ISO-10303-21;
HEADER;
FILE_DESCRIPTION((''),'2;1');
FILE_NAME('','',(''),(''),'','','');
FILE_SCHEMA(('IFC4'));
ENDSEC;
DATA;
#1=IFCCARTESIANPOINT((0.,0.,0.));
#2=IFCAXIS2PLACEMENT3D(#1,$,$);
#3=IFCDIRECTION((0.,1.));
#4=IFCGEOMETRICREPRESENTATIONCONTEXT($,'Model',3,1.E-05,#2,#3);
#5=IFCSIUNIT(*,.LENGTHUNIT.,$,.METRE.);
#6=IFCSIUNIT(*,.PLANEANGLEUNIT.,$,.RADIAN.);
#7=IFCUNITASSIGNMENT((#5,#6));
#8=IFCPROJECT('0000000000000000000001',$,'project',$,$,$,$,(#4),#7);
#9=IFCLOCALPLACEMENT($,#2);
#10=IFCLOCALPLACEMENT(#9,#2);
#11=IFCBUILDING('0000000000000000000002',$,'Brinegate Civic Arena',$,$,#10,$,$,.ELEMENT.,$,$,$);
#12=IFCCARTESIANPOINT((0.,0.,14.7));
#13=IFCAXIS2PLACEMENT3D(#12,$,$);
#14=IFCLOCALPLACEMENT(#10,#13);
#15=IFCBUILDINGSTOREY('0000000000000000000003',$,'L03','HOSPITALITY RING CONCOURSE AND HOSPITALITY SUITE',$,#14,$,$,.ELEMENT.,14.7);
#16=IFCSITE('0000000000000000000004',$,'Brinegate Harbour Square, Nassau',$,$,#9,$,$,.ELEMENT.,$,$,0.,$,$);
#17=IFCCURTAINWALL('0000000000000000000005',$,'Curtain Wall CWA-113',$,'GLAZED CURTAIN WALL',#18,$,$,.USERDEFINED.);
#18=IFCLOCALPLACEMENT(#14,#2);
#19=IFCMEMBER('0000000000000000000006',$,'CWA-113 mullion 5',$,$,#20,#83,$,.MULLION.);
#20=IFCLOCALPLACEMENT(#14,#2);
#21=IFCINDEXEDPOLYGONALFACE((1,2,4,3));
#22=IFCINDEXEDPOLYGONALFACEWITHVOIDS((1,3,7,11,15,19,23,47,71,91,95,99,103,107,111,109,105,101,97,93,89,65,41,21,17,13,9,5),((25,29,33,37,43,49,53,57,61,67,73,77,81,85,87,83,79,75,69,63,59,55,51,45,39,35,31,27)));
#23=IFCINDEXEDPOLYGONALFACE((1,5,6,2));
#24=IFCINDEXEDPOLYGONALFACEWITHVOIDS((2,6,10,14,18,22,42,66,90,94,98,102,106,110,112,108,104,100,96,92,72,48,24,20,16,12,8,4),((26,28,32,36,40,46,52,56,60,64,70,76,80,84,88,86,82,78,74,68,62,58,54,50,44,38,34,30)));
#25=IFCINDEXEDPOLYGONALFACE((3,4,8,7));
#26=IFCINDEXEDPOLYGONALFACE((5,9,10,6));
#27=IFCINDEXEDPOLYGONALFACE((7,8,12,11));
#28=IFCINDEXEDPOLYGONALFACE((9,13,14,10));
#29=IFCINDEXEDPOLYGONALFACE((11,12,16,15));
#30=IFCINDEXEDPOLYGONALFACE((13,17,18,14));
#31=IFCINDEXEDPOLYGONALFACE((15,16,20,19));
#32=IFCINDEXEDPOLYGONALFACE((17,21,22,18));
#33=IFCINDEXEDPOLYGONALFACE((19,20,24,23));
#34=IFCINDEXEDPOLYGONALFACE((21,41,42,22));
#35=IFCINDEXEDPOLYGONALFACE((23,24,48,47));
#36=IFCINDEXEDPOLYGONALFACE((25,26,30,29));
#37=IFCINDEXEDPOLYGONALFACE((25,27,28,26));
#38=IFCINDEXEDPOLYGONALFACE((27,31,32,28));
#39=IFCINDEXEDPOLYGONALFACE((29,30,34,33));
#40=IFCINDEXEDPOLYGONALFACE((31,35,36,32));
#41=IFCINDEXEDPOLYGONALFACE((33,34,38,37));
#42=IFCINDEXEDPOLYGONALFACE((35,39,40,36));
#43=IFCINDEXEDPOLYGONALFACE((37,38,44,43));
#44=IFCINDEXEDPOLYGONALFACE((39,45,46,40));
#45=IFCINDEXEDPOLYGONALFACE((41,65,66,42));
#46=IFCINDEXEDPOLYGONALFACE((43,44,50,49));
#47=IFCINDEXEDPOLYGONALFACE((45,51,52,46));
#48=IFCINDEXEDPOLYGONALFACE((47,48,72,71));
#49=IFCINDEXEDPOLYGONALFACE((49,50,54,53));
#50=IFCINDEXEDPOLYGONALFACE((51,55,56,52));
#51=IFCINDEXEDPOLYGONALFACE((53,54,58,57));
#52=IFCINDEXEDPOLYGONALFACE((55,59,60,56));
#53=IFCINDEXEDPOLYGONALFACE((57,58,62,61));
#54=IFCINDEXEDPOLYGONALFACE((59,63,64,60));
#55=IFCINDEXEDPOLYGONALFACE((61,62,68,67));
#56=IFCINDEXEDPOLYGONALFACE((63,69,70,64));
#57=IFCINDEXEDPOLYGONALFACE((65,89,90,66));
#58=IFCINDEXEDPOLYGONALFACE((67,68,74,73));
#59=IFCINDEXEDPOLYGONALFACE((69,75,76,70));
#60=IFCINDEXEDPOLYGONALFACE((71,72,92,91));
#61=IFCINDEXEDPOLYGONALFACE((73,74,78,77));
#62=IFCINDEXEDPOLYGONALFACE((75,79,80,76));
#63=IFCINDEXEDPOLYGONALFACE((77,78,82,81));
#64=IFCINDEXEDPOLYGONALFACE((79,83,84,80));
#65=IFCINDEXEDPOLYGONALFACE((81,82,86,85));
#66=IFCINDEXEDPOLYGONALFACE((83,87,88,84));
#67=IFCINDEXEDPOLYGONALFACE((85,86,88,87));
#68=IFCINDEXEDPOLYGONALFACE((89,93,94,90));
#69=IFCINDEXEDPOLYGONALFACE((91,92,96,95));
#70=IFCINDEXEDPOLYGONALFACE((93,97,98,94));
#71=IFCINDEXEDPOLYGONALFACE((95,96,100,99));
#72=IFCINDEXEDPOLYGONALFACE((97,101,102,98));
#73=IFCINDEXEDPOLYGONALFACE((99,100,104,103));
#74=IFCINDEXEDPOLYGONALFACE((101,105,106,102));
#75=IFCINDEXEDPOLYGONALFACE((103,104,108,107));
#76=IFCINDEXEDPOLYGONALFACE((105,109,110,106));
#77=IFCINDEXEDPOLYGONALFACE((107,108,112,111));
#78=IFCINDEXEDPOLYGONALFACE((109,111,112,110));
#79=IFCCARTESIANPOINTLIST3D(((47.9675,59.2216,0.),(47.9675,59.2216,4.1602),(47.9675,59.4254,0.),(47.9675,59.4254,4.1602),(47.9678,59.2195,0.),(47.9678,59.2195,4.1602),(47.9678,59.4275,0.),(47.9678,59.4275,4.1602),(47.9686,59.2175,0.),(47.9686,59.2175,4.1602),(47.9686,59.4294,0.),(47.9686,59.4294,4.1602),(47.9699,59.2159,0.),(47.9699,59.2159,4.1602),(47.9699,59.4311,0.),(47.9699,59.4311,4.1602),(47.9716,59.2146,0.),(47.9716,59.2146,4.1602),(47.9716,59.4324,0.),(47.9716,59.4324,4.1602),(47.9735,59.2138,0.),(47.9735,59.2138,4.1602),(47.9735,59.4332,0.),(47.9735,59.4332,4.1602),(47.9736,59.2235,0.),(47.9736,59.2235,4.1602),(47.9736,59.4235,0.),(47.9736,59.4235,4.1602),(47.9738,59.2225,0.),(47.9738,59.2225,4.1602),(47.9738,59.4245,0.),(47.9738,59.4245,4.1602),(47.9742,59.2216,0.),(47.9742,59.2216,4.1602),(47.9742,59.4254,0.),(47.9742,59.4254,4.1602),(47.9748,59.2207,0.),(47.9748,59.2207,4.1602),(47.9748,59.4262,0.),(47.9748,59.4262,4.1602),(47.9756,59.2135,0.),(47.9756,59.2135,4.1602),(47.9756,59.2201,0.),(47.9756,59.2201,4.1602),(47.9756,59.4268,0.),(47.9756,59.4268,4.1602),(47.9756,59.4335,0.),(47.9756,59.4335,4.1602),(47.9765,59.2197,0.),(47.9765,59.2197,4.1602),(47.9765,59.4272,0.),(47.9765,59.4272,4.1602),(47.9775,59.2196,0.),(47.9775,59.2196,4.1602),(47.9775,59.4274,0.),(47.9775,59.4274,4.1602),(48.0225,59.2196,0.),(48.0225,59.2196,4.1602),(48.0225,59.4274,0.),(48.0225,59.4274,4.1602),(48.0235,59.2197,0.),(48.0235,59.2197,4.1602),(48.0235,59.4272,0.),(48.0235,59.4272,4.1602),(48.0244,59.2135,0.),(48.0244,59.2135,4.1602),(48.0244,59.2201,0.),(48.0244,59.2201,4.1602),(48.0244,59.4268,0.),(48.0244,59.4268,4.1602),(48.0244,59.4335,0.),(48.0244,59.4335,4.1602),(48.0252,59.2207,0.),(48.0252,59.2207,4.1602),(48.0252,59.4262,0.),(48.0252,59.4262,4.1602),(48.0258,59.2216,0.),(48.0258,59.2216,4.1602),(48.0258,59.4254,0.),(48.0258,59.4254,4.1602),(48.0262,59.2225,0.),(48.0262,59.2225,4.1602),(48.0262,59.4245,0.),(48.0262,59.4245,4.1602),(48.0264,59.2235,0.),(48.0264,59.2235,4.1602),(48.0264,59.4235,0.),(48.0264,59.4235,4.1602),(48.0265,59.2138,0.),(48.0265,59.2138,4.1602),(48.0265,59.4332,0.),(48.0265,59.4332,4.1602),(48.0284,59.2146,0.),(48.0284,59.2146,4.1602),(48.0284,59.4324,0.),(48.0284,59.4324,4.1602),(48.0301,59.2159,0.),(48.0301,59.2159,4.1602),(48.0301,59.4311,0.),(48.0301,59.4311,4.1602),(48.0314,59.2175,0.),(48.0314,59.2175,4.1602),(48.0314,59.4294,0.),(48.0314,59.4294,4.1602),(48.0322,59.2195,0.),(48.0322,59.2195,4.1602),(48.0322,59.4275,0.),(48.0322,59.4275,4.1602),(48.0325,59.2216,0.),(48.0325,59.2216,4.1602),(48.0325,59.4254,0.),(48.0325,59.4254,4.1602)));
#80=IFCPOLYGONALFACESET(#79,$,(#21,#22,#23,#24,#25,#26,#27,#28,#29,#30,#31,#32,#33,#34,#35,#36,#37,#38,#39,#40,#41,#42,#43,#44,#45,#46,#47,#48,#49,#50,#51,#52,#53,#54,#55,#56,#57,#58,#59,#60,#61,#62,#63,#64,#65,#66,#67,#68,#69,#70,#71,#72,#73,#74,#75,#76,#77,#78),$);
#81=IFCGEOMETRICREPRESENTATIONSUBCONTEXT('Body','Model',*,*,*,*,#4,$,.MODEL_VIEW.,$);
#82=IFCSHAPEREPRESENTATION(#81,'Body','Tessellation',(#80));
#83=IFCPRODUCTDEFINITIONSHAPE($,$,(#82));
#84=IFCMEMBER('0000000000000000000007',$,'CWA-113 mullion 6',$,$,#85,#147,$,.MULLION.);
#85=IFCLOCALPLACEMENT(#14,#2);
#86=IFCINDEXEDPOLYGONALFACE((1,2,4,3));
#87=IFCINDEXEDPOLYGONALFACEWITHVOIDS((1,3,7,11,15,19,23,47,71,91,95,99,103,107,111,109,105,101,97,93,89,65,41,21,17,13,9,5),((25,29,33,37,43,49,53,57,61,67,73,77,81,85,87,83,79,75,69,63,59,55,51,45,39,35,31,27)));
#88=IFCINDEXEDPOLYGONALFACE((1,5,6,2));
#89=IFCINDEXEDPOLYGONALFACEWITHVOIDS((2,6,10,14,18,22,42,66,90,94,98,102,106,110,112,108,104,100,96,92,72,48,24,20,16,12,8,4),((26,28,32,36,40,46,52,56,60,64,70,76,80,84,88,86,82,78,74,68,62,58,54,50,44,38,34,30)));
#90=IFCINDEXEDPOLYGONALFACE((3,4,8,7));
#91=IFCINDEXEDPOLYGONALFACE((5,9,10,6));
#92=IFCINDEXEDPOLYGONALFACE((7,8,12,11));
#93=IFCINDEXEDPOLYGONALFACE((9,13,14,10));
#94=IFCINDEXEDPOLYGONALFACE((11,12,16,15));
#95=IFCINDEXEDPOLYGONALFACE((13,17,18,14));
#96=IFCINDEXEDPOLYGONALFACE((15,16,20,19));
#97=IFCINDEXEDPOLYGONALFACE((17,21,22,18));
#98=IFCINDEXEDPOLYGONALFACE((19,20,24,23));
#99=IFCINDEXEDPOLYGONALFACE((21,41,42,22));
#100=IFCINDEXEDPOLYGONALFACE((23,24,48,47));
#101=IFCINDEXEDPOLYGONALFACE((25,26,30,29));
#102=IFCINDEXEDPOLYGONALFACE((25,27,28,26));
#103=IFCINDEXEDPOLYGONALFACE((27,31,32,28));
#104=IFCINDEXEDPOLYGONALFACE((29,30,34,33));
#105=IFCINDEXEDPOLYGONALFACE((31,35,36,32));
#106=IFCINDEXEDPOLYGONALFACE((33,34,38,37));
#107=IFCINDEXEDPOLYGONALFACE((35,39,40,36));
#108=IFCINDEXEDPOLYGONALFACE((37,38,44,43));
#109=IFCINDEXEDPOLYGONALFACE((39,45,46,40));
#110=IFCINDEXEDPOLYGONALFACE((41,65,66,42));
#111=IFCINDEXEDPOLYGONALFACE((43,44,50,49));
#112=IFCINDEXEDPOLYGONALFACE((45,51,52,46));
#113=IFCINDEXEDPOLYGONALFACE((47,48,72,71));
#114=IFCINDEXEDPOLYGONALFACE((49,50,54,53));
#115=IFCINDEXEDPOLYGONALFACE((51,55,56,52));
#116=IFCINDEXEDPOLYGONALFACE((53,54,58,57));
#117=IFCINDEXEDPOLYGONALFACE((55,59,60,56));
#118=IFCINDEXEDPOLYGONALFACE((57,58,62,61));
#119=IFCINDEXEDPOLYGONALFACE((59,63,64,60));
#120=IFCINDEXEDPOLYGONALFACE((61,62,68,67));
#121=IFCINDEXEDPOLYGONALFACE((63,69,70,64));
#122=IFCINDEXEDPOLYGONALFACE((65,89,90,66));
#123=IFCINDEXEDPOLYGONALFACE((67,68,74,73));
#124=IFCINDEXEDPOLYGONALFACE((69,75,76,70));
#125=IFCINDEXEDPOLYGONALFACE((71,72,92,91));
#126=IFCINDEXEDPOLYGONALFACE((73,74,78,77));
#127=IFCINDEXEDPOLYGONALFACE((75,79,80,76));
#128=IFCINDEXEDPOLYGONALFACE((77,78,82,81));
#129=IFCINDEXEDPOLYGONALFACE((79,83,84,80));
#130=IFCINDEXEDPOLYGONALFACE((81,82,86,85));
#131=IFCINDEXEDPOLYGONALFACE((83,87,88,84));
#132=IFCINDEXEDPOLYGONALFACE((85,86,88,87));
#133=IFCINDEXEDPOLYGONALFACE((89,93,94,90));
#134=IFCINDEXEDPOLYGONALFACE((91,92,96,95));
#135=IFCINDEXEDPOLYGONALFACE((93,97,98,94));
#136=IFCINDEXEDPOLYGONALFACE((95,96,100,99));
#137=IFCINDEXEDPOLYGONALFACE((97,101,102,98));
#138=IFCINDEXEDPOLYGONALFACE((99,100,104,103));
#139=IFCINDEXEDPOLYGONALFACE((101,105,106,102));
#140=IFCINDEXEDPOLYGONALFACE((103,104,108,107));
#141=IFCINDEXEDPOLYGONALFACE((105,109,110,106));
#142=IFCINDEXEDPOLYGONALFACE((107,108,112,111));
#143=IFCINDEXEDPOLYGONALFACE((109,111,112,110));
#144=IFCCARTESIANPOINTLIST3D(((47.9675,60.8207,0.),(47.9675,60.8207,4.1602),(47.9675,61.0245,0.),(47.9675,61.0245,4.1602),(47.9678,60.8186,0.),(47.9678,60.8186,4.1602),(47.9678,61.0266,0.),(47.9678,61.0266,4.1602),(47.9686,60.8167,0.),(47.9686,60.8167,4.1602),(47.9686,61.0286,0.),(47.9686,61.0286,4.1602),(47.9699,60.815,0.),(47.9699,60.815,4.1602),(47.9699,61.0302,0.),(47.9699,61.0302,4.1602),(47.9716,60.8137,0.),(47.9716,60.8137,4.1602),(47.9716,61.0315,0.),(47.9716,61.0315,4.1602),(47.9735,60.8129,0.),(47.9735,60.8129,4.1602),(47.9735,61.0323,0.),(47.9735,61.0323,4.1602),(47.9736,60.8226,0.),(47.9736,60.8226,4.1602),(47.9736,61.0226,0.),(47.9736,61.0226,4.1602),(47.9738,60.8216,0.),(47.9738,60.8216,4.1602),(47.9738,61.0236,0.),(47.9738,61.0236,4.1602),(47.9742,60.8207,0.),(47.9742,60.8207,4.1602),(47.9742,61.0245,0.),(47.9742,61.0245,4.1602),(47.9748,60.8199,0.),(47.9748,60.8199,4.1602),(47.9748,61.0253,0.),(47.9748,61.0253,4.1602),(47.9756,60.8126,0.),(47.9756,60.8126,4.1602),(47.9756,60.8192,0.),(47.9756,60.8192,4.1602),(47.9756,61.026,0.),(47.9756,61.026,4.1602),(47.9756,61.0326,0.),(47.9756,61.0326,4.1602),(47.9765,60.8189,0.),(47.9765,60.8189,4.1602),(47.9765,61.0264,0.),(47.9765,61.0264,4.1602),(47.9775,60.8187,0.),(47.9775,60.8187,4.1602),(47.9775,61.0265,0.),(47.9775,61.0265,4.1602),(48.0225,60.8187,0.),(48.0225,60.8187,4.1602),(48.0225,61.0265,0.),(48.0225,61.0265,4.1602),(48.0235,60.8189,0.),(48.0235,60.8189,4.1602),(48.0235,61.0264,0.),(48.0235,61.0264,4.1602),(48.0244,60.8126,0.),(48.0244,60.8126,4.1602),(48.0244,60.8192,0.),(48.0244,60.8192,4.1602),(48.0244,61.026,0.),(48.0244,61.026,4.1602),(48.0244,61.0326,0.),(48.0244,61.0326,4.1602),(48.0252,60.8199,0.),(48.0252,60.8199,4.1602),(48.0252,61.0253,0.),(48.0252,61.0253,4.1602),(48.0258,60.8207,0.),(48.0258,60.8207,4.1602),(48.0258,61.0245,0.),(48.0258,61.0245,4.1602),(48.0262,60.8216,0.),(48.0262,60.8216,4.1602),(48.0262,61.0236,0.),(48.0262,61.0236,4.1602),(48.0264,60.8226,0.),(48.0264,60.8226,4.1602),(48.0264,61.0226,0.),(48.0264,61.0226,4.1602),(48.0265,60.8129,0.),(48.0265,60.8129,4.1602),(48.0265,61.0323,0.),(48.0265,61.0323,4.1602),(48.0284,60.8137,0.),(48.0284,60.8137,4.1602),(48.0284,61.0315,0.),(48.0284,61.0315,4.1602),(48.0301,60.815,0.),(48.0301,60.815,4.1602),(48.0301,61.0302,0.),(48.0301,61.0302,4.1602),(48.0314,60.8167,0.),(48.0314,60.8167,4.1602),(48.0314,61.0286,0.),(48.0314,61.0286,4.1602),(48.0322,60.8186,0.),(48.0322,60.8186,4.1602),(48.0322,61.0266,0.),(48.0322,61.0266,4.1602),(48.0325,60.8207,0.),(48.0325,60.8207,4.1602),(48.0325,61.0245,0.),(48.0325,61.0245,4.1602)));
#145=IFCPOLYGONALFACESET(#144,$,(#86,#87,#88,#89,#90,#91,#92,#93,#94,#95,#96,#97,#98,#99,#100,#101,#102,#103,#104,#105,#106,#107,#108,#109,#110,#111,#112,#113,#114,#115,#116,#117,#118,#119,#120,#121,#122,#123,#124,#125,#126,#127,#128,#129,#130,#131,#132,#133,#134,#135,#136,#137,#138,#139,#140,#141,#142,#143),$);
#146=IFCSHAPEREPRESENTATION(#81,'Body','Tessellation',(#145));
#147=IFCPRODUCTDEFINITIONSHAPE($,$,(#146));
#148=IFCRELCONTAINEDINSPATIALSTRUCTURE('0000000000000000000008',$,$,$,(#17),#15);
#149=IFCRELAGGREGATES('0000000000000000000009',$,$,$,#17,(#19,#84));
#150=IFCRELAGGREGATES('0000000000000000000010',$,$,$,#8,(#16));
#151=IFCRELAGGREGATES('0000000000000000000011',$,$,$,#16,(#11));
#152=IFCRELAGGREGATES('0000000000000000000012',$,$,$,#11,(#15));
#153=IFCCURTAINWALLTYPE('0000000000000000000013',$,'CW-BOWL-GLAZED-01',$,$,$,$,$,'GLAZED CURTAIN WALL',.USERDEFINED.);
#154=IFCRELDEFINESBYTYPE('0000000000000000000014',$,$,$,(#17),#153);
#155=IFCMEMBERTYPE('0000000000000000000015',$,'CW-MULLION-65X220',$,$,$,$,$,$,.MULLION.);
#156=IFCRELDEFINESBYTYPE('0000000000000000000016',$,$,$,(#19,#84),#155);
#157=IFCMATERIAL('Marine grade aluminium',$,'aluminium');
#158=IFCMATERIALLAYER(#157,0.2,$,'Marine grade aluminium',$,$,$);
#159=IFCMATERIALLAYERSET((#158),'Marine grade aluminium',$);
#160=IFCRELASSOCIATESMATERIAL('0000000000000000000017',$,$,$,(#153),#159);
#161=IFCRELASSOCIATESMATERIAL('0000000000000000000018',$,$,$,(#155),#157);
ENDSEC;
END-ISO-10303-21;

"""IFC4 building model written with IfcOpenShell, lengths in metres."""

from ifc_helpers import new_model, si_unit, direction, frame, origin, origin_2d, place, context, subcontext, project, spatial, hollow_rectangle, extrude, material, layer, layer_set, material_profile, profile_set, type_object, element, aggregate, save


model = new_model("IFC4")

# Units and contexts
model_context = context("Model", 3, precision=1e-05, world=origin(), true_north=direction((0.0, 1.0)))
body_context = subcontext(model_context, "Body", "Model", "MODEL_VIEW")
ifc_project = project(units=[si_unit("LENGTHUNIT", "METRE"), si_unit("PLANEANGLEUNIT", "RADIAN")], contexts=[model_context])

# Site, building, storey
site_placement = place(None, origin())
site = spatial("IfcSite", under=ifc_project, at=site_placement, Name="Brinegate Harbour Square, Nassau", CompositionType="ELEMENT", RefElevation=0.0)
building_placement = place(site_placement, origin())
building = spatial("IfcBuilding", under=site, at=building_placement, Name="Brinegate Civic Arena", CompositionType="ELEMENT")
storey_placement = place(building_placement, frame((0.0, 0.0, 14.7)))
storey = spatial("IfcBuildingStorey", under=building, at=storey_placement, Name="L03", Description="HOSPITALITY RING CONCOURSE AND HOSPITALITY SUITE", CompositionType="ELEMENT", Elevation=14.7)

# Curtain wall, members
ifc_material_1 = material(Name="Marine grade aluminium", Category="aluminium")
ifc_layer_1 = layer(ifc_material_1, 0.2, Name="Marine grade aluminium")
ifc_layer_set_1 = layer_set([ifc_layer_1], Name="Marine grade aluminium")
curtain_wall_type = type_object("IfcCurtainWallType", Name="CW-BOWL-GLAZED-01", ElementType="GLAZED CURTAIN WALL", PredefinedType="USERDEFINED", material=ifc_layer_set_1)
curtain_wall_1_placement = place(storey_placement, origin())
curtain_wall_1 = element("IfcCurtainWall", 1, at=curtain_wall_1_placement, inside=storey, type_object=curtain_wall_type, Name="Curtain Wall CWA-113", ObjectType="GLAZED CURTAIN WALL", PredefinedType="USERDEFINED")
ifc_material_profile_1 = material_profile(ifc_material_1, hollow_rectangle(XDim=0.0649, YDim=0.22, WallThickness=0.0061, InnerFilletRadius=0.0039, OuterFilletRadius=0.0081, at=origin_2d()), Name="MUL65X220")
ifc_profile_set_1 = profile_set([ifc_material_profile_1], Name="Marine grade aluminium")
member_type_1 = type_object("IfcMemberType", Name="CW-MULLION-65X220", PredefinedType="MULLION", material=ifc_profile_set_1)
member_1_placement = place(storey_placement, frame((48.0, 59.3235, 0.0), z_axis=(0.0, 0.0, 1.0), x_axis=(-1.0, 0.0, 0.0)))
member_1 = element("IfcMember", 2, at=member_1_placement, type_object=member_type_1, Name="CWA-113 mullion 5", PredefinedType="MULLION", context=body_context, shape_type="SweptSolid", body=[
    extrude(hollow_rectangle(XDim=0.0649, YDim=0.22, WallThickness=0.0061, InnerFilletRadius=0.0039, OuterFilletRadius=0.0081, at=origin_2d()), origin(), (0.0, 0.0, 1.0), 4.1602),
])
member_2_placement = place(storey_placement, frame((48.0, 60.9226, 0.0), z_axis=(0.0, 0.0, 1.0), x_axis=(-1.0, 0.0, 0.0)))
member_2 = element("IfcMember", 3, at=member_2_placement, type_object=member_type_1, Name="CWA-113 mullion 6", PredefinedType="MULLION", context=body_context, shape_type="SweptSolid", body=[
    extrude(hollow_rectangle(XDim=0.0649, YDim=0.22, WallThickness=0.0061, InnerFilletRadius=0.0039, OuterFilletRadius=0.0081, at=origin_2d()), origin(), (0.0, 0.0, 1.0), 4.1602),
])

aggregate(curtain_wall_1, [member_1, member_2])

save(model, "model.ifc")
